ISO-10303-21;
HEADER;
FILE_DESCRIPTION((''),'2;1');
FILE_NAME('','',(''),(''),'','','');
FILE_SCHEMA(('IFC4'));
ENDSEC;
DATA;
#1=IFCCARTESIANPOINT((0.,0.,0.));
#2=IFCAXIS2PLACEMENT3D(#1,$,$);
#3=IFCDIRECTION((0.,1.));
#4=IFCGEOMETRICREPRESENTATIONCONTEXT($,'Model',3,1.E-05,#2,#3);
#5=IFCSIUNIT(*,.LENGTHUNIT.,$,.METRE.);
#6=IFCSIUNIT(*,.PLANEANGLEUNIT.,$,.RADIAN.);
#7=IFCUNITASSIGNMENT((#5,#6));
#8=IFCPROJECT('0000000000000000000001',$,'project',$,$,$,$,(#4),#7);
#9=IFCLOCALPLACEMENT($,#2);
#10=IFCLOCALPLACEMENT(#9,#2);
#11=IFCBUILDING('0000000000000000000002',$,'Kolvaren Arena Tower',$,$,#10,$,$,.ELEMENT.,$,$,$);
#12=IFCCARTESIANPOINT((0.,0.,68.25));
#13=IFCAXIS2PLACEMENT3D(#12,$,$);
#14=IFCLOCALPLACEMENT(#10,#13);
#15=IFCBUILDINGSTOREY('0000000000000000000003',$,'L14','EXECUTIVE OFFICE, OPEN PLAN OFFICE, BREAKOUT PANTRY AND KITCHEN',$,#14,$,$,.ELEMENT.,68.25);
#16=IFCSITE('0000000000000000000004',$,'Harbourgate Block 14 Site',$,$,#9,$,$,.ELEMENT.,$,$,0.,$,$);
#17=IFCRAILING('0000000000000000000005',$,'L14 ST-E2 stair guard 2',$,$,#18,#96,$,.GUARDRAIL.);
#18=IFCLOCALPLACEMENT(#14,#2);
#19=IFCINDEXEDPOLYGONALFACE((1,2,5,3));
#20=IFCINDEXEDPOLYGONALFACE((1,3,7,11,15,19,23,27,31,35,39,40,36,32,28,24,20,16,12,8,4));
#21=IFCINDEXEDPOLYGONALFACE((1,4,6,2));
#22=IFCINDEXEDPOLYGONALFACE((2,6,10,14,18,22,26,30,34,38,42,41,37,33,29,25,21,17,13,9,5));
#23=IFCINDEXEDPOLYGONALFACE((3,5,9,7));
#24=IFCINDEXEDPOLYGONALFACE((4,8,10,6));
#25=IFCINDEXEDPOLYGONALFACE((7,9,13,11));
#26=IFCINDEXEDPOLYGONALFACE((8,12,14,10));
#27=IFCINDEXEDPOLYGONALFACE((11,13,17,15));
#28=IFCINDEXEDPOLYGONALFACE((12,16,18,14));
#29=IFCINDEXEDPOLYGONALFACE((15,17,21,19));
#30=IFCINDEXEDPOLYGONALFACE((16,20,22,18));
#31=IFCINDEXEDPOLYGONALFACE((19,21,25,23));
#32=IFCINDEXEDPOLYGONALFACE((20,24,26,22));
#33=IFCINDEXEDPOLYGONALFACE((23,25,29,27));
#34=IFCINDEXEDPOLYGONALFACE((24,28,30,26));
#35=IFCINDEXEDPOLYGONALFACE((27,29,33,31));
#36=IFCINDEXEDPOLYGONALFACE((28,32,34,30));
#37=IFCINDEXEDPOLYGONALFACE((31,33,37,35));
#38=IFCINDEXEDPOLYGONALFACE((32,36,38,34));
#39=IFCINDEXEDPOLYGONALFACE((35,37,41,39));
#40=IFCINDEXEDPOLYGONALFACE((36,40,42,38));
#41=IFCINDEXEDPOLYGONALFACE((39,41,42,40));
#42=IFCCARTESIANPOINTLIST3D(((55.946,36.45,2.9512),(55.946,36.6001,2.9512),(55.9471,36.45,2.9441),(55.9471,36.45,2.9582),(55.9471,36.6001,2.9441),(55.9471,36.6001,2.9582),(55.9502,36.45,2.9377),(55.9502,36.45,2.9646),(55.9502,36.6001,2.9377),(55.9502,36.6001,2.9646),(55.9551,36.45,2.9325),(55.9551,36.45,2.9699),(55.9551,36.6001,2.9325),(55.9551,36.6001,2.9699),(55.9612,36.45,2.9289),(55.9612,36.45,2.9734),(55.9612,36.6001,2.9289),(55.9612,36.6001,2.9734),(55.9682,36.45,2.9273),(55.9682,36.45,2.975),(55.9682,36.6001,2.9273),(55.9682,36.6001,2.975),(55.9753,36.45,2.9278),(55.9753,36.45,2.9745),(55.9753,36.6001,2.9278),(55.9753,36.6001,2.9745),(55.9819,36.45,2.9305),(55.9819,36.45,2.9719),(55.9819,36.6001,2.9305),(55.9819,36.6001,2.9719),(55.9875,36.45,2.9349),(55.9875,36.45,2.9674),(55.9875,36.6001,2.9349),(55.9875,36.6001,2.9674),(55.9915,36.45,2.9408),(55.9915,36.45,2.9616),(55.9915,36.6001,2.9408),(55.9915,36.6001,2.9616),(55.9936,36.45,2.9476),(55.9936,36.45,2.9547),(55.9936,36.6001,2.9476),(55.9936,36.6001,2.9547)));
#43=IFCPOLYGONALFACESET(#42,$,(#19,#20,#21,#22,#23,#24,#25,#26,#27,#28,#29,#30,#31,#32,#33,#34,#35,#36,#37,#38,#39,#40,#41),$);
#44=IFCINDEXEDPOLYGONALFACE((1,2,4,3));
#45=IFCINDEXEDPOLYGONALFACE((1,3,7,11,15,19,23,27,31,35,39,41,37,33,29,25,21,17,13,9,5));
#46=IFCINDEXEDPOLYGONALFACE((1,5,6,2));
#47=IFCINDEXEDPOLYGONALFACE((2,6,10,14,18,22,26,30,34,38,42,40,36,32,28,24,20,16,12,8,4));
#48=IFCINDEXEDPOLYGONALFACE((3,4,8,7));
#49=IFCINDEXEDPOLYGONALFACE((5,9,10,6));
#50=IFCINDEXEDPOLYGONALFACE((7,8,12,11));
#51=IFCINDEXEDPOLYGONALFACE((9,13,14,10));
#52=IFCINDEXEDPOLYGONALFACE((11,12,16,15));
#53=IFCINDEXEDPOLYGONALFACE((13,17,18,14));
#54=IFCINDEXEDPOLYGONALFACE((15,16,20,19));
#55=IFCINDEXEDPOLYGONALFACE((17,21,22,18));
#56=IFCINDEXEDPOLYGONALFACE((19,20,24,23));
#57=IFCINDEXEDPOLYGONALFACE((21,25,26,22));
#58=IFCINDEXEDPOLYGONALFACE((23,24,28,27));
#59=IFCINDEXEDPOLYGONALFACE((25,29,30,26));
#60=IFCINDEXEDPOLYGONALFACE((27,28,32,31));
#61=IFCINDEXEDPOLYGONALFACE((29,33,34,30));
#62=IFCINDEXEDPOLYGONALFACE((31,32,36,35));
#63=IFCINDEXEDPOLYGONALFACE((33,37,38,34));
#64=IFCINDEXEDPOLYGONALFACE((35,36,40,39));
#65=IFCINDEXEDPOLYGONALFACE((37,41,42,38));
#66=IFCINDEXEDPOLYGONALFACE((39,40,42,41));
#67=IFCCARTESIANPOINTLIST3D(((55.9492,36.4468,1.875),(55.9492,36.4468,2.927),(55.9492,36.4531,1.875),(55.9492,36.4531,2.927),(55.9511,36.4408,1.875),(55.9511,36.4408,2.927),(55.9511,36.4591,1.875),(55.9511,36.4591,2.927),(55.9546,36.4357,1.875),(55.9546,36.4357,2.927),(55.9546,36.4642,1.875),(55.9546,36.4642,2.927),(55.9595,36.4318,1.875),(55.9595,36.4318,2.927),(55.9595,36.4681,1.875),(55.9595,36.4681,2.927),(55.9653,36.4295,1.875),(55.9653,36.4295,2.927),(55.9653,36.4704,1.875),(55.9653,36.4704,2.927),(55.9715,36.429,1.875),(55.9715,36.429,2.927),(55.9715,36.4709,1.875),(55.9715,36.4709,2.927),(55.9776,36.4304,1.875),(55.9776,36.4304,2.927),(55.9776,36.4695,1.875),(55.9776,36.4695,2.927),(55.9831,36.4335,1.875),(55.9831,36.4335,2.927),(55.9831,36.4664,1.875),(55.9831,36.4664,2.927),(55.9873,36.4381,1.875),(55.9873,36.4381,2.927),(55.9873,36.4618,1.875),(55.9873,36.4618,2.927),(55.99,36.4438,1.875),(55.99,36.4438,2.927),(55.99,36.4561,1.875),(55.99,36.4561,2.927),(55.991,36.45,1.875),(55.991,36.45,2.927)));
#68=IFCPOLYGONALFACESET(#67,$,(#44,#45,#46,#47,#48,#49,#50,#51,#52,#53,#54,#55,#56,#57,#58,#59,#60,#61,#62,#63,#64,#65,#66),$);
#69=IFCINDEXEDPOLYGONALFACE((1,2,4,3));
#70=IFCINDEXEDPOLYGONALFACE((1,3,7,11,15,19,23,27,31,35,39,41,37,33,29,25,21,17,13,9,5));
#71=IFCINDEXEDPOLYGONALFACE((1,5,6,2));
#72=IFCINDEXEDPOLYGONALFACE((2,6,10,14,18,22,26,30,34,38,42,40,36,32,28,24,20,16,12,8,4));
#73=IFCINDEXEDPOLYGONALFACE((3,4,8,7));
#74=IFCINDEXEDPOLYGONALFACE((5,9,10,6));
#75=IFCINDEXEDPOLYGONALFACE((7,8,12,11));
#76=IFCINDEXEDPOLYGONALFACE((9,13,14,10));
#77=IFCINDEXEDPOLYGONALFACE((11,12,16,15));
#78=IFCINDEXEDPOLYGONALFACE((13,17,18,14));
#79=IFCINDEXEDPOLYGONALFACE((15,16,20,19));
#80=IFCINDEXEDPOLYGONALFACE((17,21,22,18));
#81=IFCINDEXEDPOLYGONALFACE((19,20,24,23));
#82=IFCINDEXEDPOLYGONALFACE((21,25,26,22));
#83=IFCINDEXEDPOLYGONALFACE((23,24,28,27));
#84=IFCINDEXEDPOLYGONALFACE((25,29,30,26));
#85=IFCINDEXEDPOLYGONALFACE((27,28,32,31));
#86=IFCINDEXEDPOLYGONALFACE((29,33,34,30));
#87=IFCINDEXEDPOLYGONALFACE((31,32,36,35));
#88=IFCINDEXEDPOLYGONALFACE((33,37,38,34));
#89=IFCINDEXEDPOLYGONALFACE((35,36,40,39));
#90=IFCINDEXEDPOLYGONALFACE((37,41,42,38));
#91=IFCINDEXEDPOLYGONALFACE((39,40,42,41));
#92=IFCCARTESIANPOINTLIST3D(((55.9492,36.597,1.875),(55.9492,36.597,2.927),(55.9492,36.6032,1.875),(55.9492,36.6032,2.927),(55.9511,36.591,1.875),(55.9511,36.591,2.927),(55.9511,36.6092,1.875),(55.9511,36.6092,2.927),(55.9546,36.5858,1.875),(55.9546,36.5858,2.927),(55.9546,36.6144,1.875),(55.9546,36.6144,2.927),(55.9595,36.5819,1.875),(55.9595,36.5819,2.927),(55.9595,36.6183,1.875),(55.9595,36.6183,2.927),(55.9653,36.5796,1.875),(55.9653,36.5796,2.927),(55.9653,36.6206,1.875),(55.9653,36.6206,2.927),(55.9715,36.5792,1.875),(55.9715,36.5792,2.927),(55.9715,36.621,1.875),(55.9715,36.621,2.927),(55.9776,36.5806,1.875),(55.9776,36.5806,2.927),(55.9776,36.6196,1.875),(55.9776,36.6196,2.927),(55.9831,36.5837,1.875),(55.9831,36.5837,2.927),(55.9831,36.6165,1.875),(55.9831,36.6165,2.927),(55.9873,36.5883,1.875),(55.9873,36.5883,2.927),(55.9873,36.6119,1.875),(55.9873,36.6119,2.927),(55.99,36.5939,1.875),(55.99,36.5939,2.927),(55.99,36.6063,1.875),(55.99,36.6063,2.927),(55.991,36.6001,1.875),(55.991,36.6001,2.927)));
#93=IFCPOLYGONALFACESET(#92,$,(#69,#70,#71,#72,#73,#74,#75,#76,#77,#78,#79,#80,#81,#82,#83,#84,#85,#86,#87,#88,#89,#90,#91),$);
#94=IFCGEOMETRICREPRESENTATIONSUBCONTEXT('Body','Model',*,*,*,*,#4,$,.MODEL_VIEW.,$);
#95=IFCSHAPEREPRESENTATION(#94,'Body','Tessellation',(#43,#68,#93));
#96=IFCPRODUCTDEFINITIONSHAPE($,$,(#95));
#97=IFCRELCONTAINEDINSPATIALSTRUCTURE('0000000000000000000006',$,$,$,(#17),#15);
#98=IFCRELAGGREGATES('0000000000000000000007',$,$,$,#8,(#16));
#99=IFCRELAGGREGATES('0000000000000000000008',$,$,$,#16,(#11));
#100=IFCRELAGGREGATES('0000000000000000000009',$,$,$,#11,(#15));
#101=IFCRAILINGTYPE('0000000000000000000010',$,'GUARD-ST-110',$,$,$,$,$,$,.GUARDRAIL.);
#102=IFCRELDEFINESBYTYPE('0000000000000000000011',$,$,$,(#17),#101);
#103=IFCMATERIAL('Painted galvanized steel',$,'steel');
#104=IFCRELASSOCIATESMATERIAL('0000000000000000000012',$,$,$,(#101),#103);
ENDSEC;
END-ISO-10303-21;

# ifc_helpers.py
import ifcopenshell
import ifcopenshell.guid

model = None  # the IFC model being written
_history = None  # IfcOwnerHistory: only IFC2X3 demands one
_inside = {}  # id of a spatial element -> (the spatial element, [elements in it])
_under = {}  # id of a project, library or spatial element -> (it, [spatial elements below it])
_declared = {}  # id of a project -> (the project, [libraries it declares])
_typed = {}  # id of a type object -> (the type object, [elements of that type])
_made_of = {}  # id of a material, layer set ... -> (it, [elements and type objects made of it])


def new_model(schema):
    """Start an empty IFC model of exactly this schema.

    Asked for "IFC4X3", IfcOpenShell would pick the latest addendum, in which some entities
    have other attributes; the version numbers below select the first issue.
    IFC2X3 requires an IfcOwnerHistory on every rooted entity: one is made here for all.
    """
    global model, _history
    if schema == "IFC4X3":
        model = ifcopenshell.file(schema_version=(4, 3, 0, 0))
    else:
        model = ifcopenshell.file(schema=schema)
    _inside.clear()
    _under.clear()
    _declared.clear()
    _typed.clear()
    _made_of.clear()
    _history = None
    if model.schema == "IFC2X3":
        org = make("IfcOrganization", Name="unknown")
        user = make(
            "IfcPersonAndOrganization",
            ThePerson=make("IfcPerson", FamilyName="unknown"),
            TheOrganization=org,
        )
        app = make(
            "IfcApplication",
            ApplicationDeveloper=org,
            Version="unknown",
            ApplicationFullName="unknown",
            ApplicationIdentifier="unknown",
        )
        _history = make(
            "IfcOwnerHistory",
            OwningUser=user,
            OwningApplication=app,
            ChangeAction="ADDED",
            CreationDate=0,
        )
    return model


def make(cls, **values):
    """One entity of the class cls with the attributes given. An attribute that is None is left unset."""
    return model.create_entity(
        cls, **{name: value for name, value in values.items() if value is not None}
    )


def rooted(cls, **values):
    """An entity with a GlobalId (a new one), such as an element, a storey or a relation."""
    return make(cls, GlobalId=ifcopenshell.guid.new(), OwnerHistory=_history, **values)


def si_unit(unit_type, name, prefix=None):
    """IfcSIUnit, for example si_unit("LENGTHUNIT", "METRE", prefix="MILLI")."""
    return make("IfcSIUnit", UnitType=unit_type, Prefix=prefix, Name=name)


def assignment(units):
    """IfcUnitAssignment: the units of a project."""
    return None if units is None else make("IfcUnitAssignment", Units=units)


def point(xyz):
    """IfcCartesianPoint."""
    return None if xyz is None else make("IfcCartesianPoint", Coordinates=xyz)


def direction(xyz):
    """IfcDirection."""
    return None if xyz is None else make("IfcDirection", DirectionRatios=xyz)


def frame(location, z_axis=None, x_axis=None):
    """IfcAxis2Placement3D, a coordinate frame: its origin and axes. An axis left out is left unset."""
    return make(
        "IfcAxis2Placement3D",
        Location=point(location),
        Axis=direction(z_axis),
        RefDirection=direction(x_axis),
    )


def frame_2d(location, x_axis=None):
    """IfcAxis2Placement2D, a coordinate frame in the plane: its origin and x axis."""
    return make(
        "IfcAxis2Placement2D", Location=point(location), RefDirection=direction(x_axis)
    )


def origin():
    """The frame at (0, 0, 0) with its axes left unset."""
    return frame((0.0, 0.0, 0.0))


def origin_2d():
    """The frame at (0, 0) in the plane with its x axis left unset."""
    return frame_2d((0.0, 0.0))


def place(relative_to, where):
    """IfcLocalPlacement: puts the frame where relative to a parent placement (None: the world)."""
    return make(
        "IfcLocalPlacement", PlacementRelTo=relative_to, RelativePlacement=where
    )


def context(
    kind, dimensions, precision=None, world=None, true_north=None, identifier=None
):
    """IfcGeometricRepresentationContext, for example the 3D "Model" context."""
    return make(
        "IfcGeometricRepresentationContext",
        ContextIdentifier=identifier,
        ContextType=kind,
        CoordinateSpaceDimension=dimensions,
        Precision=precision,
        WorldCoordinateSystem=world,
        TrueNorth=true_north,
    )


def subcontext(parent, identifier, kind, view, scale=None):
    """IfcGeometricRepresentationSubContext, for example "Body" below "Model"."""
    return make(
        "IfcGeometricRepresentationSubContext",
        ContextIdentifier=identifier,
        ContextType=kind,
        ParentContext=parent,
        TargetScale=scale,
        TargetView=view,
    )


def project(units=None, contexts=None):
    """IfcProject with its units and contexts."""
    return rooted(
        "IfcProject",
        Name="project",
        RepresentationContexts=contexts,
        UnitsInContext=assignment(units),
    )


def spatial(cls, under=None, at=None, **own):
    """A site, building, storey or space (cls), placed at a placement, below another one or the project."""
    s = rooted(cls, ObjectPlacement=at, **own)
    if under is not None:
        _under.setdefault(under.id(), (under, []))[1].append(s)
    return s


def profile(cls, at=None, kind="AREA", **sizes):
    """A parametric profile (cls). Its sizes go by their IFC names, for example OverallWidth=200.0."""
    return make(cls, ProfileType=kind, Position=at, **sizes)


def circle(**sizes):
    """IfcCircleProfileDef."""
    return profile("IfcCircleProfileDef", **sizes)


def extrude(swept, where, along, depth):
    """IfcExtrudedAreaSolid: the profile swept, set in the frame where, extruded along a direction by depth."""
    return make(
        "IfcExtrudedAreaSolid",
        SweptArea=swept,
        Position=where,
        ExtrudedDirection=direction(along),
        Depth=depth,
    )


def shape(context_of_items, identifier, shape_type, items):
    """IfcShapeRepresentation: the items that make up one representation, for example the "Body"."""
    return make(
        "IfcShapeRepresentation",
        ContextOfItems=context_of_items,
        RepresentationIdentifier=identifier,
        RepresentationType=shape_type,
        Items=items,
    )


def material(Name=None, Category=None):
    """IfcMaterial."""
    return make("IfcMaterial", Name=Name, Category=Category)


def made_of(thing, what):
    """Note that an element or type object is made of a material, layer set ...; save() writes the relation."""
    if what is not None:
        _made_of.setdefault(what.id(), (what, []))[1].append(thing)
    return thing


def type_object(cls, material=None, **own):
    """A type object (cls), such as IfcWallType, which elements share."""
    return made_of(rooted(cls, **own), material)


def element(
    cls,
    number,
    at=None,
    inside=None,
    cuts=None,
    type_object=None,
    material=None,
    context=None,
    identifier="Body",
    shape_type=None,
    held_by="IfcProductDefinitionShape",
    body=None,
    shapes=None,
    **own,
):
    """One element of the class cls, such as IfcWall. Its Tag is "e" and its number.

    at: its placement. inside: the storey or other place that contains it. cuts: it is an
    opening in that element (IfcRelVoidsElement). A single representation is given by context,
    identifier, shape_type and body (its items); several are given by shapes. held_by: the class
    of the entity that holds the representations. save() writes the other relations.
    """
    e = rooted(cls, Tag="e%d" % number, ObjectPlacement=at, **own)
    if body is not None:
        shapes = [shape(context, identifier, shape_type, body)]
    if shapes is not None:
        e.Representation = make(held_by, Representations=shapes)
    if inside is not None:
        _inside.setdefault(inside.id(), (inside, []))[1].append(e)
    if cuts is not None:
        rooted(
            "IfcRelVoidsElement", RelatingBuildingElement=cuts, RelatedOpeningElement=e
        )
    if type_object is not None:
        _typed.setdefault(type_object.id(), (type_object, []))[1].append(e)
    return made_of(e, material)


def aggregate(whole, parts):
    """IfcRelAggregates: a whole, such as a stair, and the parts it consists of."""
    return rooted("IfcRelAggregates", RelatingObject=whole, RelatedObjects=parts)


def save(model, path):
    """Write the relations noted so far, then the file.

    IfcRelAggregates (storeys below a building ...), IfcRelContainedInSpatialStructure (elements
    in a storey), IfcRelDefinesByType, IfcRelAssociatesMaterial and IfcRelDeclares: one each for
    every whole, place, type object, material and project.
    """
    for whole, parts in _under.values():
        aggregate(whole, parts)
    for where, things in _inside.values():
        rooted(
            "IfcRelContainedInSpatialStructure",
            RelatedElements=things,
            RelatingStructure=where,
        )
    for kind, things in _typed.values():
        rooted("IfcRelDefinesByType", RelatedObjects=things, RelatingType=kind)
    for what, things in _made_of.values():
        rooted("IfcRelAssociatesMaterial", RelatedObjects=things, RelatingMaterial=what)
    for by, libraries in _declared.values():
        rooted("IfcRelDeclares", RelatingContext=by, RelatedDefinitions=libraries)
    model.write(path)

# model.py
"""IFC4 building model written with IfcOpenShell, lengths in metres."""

from ifc_helpers import new_model, si_unit, direction, frame, origin, origin_2d, place, context, subcontext, project, spatial, circle, extrude, material, type_object, element, save


model = new_model("IFC4")

# Units and contexts
model_context = context("Model", 3, precision=1e-05, world=origin(), true_north=direction((0.0, 1.0)))
body_context = subcontext(model_context, "Body", "Model", "MODEL_VIEW")
ifc_project = project(units=[si_unit("LENGTHUNIT", "METRE"), si_unit("PLANEANGLEUNIT", "RADIAN")], contexts=[model_context])

# Site, building, storey
site_placement = place(None, origin())
site = spatial("IfcSite", under=ifc_project, at=site_placement, Name="Harbourgate Block 14 Site", CompositionType="ELEMENT", RefElevation=0.0)
building_placement = place(site_placement, origin())
building = spatial("IfcBuilding", under=site, at=building_placement, Name="Kolvaren Arena Tower", CompositionType="ELEMENT")
storey_placement = place(building_placement, frame((0.0, 0.0, 68.25)))
storey = spatial("IfcBuildingStorey", under=building, at=storey_placement, Name="L14", Description="EXECUTIVE OFFICE, OPEN PLAN OFFICE, BREAKOUT PANTRY AND KITCHEN", CompositionType="ELEMENT", Elevation=68.25)

# Railing
ifc_material_1 = material(Name="Painted galvanized steel", Category="steel")
railing_type_1 = type_object("IfcRailingType", Name="GUARD-ST-110", PredefinedType="GUARDRAIL", material=ifc_material_1)
railing_1_placement = place(storey_placement, frame((55.97, 36.45, 1.875)))
element("IfcRailing", 1, at=railing_1_placement, inside=storey, type_object=railing_type_1, Name="L14 ST-E2 stair guard 2", PredefinedType="GUARDRAIL", context=body_context, shape_type="SweptSolid", body=[
    extrude(circle(Radius=0.0239, at=origin_2d()), frame((0.0, 0.0, 1.0762), z_axis=(0.0, 1.0, 0.0), x_axis=(-1.0, 0.0, 0.0)), (0.0, 0.0, 1.0), 0.1501),
    extrude(circle(Radius=0.021, at=origin_2d()), origin(), (0.0, 0.0, 1.0), 1.052),
    extrude(circle(Radius=0.021, at=origin_2d()), frame((0.0, 0.1501, 0.0)), (0.0, 0.0, 1.0), 1.052),
])

save(model, "model.ifc")
